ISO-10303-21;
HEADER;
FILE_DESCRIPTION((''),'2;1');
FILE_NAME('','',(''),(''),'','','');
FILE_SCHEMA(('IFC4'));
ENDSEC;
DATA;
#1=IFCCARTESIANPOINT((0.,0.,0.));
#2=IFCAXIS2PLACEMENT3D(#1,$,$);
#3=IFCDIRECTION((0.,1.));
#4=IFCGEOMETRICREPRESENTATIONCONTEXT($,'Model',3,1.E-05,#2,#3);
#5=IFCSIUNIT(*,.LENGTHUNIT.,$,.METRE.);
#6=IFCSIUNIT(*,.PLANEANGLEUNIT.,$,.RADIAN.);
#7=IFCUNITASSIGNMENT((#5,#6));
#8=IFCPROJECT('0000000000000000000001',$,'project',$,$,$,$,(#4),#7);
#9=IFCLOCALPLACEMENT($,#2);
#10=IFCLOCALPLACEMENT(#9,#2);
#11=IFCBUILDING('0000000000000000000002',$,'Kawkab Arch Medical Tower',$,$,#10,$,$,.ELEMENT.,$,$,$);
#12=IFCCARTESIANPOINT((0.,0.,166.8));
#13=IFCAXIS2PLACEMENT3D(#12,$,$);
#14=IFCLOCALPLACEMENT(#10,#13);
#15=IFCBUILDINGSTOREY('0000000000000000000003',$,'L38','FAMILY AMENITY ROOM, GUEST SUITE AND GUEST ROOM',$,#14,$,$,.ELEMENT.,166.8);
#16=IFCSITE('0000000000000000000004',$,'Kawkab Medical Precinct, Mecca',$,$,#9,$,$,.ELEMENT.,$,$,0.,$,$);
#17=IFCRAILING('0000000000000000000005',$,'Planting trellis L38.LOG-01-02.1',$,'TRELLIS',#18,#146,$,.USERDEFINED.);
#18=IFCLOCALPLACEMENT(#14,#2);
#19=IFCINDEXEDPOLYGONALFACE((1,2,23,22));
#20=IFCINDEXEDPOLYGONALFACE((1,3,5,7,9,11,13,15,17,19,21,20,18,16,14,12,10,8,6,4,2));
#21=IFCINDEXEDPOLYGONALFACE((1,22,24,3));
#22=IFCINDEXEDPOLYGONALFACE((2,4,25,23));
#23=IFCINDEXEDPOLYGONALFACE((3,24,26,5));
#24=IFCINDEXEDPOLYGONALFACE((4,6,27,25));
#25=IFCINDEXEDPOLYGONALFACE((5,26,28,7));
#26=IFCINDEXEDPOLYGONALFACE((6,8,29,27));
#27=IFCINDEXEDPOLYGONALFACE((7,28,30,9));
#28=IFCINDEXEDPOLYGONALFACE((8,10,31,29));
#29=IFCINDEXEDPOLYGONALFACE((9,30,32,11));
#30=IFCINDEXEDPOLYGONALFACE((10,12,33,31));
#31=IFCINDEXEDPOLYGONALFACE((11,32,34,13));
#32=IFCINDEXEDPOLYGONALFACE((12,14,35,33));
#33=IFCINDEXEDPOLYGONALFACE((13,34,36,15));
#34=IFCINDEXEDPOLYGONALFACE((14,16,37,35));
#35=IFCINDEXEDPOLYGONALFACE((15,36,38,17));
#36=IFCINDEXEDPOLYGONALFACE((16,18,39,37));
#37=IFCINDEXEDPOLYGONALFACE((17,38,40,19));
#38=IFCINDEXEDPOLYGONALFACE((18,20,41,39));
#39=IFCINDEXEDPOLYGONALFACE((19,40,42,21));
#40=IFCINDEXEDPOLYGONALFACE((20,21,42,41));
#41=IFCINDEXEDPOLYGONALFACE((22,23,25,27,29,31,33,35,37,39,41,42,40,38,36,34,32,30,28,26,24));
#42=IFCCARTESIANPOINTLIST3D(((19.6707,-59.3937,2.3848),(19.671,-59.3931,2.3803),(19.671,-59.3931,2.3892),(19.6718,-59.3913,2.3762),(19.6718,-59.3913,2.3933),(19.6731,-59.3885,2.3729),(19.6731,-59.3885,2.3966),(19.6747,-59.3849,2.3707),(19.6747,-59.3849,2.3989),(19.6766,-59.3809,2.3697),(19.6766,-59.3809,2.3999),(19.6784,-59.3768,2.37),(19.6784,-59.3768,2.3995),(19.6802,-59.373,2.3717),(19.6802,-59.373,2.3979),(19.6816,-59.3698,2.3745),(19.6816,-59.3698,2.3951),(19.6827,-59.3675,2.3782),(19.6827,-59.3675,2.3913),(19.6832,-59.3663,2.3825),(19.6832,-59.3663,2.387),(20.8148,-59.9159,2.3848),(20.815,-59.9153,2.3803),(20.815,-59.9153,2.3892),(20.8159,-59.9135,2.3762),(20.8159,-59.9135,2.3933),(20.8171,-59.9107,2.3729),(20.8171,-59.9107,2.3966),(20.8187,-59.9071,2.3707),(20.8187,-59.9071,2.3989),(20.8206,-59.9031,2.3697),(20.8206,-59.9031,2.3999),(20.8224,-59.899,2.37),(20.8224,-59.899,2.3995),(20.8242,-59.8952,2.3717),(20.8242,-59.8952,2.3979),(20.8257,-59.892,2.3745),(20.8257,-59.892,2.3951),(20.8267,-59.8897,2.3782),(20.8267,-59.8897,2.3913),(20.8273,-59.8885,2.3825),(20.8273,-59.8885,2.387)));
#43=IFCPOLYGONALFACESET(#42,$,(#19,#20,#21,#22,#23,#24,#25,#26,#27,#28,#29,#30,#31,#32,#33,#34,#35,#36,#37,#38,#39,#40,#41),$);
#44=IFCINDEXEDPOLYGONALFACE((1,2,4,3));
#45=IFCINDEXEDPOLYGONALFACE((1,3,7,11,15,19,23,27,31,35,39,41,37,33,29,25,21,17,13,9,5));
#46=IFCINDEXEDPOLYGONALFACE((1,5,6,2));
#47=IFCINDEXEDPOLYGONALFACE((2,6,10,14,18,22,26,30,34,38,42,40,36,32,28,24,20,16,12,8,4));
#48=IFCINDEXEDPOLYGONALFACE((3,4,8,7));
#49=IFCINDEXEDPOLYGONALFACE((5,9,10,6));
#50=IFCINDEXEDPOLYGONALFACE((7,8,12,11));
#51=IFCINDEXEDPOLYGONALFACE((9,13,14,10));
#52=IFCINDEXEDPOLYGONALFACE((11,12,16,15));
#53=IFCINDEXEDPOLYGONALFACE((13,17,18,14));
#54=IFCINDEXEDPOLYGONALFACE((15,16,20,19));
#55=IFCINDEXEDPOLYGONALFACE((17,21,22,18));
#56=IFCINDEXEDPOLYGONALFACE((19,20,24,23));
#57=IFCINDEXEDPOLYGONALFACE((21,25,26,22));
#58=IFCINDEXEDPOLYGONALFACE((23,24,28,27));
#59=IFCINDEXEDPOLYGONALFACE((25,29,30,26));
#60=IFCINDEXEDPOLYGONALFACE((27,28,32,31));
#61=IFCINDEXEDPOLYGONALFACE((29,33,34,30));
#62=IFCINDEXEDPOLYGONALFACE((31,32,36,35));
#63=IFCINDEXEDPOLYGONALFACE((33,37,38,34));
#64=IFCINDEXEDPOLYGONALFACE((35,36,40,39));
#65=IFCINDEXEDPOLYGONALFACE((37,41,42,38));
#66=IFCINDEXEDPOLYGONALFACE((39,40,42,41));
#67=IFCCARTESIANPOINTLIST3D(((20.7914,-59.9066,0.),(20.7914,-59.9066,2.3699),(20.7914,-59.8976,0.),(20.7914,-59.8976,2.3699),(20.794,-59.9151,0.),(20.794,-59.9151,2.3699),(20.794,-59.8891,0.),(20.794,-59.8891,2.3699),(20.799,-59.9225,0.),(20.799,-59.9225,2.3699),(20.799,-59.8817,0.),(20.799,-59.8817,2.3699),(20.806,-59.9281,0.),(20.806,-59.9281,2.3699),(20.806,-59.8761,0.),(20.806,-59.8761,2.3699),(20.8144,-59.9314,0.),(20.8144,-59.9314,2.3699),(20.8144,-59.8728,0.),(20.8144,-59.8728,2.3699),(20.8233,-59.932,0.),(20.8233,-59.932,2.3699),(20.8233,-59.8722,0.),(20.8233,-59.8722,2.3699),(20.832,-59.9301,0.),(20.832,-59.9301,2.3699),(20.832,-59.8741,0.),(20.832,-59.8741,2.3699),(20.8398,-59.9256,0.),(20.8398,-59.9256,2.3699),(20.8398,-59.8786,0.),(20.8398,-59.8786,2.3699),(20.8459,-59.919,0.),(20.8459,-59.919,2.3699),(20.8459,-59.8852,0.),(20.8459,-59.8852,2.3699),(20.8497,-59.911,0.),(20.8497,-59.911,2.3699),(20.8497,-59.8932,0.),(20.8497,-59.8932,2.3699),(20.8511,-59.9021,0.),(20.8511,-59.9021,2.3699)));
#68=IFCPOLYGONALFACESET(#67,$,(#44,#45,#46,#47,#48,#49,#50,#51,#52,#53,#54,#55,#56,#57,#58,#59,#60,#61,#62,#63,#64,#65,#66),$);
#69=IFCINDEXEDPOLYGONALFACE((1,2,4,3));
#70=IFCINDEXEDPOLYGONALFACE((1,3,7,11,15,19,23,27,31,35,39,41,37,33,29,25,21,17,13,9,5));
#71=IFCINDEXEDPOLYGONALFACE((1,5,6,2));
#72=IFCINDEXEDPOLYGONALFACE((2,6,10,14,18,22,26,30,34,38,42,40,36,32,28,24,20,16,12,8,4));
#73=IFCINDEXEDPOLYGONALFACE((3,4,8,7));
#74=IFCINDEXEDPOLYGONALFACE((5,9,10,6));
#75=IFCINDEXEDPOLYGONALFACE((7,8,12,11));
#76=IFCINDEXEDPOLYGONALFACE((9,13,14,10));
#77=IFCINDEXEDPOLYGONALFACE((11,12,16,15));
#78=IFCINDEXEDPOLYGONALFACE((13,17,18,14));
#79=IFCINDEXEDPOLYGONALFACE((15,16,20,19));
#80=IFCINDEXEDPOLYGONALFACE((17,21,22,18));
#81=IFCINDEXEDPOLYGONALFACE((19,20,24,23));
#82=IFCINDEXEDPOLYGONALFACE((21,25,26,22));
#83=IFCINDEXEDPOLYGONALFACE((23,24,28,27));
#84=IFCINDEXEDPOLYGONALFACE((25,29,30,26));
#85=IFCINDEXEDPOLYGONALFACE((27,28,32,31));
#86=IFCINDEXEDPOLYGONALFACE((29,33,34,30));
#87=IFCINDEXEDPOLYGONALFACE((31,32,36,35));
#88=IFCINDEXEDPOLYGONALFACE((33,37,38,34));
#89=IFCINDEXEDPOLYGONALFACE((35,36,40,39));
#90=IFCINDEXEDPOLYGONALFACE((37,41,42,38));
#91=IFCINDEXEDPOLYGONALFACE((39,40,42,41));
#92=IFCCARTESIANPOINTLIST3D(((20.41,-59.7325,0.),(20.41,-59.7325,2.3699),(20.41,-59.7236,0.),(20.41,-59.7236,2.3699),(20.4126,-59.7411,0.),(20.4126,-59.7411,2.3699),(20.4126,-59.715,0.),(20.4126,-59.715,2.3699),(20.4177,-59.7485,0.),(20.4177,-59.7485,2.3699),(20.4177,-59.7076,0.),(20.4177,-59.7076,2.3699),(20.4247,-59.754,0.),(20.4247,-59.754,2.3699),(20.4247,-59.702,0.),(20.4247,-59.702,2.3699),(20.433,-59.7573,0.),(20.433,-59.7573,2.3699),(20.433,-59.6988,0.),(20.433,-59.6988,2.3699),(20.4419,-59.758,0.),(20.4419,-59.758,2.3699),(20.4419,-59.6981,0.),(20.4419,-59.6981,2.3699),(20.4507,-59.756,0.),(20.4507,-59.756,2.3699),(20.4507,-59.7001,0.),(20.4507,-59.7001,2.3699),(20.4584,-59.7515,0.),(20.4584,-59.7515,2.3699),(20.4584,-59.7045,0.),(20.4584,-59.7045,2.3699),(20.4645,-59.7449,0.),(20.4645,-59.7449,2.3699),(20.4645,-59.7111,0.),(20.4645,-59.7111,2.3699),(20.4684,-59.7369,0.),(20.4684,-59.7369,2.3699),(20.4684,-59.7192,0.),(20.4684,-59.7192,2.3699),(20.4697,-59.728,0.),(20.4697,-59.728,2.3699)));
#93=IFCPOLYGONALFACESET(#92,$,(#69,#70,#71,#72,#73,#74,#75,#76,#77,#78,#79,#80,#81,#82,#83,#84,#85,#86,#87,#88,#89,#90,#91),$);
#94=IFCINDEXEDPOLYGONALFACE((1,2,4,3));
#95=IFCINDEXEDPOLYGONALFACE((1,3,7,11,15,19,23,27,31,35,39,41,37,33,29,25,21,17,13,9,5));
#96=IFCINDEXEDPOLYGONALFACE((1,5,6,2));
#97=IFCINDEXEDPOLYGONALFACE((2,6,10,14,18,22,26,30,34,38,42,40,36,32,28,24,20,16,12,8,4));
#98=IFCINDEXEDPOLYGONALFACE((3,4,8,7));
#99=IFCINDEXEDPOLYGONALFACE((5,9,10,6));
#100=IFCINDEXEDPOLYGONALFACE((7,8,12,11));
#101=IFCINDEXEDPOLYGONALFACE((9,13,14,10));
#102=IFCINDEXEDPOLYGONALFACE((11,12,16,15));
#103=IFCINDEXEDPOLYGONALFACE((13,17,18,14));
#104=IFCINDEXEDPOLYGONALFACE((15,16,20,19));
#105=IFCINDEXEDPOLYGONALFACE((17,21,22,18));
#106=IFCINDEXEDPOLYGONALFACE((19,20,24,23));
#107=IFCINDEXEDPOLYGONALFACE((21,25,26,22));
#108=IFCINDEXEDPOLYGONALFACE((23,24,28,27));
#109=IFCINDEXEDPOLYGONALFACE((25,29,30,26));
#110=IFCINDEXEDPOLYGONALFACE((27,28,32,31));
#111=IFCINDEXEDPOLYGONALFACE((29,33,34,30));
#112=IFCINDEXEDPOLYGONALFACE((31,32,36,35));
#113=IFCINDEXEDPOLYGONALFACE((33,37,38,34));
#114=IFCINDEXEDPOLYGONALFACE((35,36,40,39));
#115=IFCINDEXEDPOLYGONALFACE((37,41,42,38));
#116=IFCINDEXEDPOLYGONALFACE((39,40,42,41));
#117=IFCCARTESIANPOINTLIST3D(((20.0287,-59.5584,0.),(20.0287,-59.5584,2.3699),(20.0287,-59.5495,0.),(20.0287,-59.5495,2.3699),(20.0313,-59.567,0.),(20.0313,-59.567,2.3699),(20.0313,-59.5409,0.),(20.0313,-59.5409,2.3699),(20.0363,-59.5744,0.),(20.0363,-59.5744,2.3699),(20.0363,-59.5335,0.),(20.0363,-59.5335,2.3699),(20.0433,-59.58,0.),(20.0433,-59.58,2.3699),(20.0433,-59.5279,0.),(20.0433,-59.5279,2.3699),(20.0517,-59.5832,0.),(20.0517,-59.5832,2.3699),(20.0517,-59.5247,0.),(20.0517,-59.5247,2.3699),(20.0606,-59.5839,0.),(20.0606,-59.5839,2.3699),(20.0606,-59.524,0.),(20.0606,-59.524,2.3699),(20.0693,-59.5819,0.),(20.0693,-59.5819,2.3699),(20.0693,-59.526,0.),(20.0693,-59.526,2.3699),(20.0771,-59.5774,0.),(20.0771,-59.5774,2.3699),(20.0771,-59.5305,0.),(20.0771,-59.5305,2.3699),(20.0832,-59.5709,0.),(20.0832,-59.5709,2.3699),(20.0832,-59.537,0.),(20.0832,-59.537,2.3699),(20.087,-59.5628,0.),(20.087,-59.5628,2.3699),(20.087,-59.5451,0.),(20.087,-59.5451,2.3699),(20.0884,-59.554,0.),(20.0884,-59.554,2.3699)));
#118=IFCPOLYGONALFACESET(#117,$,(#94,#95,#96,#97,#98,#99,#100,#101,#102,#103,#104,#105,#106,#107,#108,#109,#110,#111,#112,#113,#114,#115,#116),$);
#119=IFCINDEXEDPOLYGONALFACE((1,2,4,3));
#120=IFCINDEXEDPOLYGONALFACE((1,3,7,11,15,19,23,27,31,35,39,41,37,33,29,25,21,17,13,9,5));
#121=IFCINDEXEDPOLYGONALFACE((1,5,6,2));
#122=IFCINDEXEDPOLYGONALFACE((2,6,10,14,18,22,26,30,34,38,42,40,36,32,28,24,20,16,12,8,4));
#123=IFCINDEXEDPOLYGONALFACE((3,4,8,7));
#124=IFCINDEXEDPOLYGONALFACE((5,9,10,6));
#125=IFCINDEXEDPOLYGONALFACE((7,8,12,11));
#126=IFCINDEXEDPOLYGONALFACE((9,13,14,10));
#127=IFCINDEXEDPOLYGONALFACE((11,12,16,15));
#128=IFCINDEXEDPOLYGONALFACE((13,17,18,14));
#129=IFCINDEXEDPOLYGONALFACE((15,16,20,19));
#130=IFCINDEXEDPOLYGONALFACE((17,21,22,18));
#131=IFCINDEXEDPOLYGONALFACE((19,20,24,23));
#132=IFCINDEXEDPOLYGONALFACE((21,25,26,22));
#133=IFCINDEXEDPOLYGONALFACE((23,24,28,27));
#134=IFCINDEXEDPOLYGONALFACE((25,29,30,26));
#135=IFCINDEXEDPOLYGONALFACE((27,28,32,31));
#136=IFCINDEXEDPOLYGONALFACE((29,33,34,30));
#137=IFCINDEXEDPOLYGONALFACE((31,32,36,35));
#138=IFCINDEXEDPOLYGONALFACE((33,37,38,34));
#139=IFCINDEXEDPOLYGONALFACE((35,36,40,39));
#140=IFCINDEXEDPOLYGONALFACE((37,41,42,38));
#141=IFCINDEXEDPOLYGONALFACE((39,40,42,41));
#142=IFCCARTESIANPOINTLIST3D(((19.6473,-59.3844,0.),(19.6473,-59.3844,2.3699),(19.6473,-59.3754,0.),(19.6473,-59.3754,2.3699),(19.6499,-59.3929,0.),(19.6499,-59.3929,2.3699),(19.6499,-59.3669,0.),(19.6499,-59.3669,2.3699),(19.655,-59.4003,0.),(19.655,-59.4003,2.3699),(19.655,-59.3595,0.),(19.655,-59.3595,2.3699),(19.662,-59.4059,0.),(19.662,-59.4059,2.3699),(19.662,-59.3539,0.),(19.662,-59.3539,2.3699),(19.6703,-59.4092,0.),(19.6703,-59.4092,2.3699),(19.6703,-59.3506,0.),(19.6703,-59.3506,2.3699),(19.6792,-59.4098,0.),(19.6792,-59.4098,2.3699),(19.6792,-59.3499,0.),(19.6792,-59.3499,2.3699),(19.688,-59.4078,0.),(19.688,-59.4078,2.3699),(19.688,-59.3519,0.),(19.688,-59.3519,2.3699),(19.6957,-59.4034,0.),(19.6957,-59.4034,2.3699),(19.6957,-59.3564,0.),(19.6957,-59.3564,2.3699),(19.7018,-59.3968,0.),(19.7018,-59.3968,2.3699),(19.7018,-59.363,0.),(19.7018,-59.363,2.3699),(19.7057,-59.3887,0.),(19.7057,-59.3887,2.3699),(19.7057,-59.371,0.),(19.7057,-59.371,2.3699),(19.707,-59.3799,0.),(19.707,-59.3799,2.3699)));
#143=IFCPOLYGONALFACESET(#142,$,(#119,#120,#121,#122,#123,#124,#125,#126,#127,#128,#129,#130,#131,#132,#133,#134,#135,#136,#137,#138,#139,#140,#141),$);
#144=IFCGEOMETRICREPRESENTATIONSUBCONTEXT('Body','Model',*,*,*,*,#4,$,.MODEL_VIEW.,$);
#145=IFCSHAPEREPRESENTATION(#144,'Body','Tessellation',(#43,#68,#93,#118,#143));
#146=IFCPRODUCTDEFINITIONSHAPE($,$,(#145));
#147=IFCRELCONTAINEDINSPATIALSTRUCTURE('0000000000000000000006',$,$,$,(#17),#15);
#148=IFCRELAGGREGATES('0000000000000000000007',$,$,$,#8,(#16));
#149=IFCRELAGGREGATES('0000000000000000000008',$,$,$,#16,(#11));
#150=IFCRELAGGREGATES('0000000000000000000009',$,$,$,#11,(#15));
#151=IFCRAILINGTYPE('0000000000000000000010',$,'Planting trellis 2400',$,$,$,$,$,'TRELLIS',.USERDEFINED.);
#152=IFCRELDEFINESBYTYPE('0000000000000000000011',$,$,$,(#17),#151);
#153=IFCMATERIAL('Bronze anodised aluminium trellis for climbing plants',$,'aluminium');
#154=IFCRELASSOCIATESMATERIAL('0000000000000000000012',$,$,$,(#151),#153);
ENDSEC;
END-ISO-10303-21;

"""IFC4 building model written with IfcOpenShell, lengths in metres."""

from ifc_helpers import new_model, si_unit, direction, frame, origin, origin_2d, place, context, subcontext, project, spatial, circle, extrude, material, type_object, element, save


model = new_model("IFC4")

# Units and contexts
model_context = context("Model", 3, precision=1e-05, world=origin(), true_north=direction((0.0, 1.0)))
body_context = subcontext(model_context, "Body", "Model", "MODEL_VIEW")
ifc_project = project(units=[si_unit("LENGTHUNIT", "METRE"), si_unit("PLANEANGLEUNIT", "RADIAN")], contexts=[model_context])

# Site, building, storey
site_placement = place(None, origin())
site = spatial("IfcSite", under=ifc_project, at=site_placement, Name="Kawkab Medical Precinct, Mecca", CompositionType="ELEMENT", RefElevation=0.0)
building_placement = place(site_placement, origin())
building = spatial("IfcBuilding", under=site, at=building_placement, Name="Kawkab Arch Medical Tower", CompositionType="ELEMENT")
storey_placement = place(building_placement, frame((0.0, 0.0, 166.8)))
storey = spatial("IfcBuildingStorey", under=building, at=storey_placement, Name="L38", Description="FAMILY AMENITY ROOM, GUEST SUITE AND GUEST ROOM", CompositionType="ELEMENT", Elevation=166.8)

# Railing
ifc_material_1 = material(Name="Bronze anodised aluminium trellis for climbing plants", Category="aluminium")
railing_type_1 = type_object("IfcRailingType", Name="Planting trellis 2400", ElementType="TRELLIS", PredefinedType="USERDEFINED", material=ifc_material_1)
railing_1_placement = place(storey_placement, frame((20.821, -59.9021, 0.0)))
element("IfcRailing", 1, at=railing_1_placement, inside=storey, type_object=railing_type_1, Name="Planting trellis L38.LOG-01-02.1", ObjectType="TRELLIS", PredefinedType="USERDEFINED", context=body_context, shape_type="SweptSolid", body=[
    extrude(circle(Radius=0.0151, at=origin_2d()), frame((0.0, 0.0, 2.3848), z_axis=(-0.909707, 0.41525, 0.0), x_axis=(-0.41525, -0.909707, 0.0)), (0.0, 0.0, 1.0), 1.2576),
    extrude(circle(Radius=0.03, at=origin_2d()), origin(), (0.0, 0.0, 1.0), 2.3699),
    extrude(circle(Radius=0.03, at=origin_2d()), frame((-0.3813, 0.1741, 0.0)), (0.0, 0.0, 1.0), 2.3699),
    extrude(circle(Radius=0.03, at=origin_2d()), frame((-0.7627, 0.3481, 0.0)), (0.0, 0.0, 1.0), 2.3699),
    extrude(circle(Radius=0.03, at=origin_2d()), frame((-1.144, 0.5222, 0.0)), (0.0, 0.0, 1.0), 2.3699),
])

save(model, "model.ifc")
